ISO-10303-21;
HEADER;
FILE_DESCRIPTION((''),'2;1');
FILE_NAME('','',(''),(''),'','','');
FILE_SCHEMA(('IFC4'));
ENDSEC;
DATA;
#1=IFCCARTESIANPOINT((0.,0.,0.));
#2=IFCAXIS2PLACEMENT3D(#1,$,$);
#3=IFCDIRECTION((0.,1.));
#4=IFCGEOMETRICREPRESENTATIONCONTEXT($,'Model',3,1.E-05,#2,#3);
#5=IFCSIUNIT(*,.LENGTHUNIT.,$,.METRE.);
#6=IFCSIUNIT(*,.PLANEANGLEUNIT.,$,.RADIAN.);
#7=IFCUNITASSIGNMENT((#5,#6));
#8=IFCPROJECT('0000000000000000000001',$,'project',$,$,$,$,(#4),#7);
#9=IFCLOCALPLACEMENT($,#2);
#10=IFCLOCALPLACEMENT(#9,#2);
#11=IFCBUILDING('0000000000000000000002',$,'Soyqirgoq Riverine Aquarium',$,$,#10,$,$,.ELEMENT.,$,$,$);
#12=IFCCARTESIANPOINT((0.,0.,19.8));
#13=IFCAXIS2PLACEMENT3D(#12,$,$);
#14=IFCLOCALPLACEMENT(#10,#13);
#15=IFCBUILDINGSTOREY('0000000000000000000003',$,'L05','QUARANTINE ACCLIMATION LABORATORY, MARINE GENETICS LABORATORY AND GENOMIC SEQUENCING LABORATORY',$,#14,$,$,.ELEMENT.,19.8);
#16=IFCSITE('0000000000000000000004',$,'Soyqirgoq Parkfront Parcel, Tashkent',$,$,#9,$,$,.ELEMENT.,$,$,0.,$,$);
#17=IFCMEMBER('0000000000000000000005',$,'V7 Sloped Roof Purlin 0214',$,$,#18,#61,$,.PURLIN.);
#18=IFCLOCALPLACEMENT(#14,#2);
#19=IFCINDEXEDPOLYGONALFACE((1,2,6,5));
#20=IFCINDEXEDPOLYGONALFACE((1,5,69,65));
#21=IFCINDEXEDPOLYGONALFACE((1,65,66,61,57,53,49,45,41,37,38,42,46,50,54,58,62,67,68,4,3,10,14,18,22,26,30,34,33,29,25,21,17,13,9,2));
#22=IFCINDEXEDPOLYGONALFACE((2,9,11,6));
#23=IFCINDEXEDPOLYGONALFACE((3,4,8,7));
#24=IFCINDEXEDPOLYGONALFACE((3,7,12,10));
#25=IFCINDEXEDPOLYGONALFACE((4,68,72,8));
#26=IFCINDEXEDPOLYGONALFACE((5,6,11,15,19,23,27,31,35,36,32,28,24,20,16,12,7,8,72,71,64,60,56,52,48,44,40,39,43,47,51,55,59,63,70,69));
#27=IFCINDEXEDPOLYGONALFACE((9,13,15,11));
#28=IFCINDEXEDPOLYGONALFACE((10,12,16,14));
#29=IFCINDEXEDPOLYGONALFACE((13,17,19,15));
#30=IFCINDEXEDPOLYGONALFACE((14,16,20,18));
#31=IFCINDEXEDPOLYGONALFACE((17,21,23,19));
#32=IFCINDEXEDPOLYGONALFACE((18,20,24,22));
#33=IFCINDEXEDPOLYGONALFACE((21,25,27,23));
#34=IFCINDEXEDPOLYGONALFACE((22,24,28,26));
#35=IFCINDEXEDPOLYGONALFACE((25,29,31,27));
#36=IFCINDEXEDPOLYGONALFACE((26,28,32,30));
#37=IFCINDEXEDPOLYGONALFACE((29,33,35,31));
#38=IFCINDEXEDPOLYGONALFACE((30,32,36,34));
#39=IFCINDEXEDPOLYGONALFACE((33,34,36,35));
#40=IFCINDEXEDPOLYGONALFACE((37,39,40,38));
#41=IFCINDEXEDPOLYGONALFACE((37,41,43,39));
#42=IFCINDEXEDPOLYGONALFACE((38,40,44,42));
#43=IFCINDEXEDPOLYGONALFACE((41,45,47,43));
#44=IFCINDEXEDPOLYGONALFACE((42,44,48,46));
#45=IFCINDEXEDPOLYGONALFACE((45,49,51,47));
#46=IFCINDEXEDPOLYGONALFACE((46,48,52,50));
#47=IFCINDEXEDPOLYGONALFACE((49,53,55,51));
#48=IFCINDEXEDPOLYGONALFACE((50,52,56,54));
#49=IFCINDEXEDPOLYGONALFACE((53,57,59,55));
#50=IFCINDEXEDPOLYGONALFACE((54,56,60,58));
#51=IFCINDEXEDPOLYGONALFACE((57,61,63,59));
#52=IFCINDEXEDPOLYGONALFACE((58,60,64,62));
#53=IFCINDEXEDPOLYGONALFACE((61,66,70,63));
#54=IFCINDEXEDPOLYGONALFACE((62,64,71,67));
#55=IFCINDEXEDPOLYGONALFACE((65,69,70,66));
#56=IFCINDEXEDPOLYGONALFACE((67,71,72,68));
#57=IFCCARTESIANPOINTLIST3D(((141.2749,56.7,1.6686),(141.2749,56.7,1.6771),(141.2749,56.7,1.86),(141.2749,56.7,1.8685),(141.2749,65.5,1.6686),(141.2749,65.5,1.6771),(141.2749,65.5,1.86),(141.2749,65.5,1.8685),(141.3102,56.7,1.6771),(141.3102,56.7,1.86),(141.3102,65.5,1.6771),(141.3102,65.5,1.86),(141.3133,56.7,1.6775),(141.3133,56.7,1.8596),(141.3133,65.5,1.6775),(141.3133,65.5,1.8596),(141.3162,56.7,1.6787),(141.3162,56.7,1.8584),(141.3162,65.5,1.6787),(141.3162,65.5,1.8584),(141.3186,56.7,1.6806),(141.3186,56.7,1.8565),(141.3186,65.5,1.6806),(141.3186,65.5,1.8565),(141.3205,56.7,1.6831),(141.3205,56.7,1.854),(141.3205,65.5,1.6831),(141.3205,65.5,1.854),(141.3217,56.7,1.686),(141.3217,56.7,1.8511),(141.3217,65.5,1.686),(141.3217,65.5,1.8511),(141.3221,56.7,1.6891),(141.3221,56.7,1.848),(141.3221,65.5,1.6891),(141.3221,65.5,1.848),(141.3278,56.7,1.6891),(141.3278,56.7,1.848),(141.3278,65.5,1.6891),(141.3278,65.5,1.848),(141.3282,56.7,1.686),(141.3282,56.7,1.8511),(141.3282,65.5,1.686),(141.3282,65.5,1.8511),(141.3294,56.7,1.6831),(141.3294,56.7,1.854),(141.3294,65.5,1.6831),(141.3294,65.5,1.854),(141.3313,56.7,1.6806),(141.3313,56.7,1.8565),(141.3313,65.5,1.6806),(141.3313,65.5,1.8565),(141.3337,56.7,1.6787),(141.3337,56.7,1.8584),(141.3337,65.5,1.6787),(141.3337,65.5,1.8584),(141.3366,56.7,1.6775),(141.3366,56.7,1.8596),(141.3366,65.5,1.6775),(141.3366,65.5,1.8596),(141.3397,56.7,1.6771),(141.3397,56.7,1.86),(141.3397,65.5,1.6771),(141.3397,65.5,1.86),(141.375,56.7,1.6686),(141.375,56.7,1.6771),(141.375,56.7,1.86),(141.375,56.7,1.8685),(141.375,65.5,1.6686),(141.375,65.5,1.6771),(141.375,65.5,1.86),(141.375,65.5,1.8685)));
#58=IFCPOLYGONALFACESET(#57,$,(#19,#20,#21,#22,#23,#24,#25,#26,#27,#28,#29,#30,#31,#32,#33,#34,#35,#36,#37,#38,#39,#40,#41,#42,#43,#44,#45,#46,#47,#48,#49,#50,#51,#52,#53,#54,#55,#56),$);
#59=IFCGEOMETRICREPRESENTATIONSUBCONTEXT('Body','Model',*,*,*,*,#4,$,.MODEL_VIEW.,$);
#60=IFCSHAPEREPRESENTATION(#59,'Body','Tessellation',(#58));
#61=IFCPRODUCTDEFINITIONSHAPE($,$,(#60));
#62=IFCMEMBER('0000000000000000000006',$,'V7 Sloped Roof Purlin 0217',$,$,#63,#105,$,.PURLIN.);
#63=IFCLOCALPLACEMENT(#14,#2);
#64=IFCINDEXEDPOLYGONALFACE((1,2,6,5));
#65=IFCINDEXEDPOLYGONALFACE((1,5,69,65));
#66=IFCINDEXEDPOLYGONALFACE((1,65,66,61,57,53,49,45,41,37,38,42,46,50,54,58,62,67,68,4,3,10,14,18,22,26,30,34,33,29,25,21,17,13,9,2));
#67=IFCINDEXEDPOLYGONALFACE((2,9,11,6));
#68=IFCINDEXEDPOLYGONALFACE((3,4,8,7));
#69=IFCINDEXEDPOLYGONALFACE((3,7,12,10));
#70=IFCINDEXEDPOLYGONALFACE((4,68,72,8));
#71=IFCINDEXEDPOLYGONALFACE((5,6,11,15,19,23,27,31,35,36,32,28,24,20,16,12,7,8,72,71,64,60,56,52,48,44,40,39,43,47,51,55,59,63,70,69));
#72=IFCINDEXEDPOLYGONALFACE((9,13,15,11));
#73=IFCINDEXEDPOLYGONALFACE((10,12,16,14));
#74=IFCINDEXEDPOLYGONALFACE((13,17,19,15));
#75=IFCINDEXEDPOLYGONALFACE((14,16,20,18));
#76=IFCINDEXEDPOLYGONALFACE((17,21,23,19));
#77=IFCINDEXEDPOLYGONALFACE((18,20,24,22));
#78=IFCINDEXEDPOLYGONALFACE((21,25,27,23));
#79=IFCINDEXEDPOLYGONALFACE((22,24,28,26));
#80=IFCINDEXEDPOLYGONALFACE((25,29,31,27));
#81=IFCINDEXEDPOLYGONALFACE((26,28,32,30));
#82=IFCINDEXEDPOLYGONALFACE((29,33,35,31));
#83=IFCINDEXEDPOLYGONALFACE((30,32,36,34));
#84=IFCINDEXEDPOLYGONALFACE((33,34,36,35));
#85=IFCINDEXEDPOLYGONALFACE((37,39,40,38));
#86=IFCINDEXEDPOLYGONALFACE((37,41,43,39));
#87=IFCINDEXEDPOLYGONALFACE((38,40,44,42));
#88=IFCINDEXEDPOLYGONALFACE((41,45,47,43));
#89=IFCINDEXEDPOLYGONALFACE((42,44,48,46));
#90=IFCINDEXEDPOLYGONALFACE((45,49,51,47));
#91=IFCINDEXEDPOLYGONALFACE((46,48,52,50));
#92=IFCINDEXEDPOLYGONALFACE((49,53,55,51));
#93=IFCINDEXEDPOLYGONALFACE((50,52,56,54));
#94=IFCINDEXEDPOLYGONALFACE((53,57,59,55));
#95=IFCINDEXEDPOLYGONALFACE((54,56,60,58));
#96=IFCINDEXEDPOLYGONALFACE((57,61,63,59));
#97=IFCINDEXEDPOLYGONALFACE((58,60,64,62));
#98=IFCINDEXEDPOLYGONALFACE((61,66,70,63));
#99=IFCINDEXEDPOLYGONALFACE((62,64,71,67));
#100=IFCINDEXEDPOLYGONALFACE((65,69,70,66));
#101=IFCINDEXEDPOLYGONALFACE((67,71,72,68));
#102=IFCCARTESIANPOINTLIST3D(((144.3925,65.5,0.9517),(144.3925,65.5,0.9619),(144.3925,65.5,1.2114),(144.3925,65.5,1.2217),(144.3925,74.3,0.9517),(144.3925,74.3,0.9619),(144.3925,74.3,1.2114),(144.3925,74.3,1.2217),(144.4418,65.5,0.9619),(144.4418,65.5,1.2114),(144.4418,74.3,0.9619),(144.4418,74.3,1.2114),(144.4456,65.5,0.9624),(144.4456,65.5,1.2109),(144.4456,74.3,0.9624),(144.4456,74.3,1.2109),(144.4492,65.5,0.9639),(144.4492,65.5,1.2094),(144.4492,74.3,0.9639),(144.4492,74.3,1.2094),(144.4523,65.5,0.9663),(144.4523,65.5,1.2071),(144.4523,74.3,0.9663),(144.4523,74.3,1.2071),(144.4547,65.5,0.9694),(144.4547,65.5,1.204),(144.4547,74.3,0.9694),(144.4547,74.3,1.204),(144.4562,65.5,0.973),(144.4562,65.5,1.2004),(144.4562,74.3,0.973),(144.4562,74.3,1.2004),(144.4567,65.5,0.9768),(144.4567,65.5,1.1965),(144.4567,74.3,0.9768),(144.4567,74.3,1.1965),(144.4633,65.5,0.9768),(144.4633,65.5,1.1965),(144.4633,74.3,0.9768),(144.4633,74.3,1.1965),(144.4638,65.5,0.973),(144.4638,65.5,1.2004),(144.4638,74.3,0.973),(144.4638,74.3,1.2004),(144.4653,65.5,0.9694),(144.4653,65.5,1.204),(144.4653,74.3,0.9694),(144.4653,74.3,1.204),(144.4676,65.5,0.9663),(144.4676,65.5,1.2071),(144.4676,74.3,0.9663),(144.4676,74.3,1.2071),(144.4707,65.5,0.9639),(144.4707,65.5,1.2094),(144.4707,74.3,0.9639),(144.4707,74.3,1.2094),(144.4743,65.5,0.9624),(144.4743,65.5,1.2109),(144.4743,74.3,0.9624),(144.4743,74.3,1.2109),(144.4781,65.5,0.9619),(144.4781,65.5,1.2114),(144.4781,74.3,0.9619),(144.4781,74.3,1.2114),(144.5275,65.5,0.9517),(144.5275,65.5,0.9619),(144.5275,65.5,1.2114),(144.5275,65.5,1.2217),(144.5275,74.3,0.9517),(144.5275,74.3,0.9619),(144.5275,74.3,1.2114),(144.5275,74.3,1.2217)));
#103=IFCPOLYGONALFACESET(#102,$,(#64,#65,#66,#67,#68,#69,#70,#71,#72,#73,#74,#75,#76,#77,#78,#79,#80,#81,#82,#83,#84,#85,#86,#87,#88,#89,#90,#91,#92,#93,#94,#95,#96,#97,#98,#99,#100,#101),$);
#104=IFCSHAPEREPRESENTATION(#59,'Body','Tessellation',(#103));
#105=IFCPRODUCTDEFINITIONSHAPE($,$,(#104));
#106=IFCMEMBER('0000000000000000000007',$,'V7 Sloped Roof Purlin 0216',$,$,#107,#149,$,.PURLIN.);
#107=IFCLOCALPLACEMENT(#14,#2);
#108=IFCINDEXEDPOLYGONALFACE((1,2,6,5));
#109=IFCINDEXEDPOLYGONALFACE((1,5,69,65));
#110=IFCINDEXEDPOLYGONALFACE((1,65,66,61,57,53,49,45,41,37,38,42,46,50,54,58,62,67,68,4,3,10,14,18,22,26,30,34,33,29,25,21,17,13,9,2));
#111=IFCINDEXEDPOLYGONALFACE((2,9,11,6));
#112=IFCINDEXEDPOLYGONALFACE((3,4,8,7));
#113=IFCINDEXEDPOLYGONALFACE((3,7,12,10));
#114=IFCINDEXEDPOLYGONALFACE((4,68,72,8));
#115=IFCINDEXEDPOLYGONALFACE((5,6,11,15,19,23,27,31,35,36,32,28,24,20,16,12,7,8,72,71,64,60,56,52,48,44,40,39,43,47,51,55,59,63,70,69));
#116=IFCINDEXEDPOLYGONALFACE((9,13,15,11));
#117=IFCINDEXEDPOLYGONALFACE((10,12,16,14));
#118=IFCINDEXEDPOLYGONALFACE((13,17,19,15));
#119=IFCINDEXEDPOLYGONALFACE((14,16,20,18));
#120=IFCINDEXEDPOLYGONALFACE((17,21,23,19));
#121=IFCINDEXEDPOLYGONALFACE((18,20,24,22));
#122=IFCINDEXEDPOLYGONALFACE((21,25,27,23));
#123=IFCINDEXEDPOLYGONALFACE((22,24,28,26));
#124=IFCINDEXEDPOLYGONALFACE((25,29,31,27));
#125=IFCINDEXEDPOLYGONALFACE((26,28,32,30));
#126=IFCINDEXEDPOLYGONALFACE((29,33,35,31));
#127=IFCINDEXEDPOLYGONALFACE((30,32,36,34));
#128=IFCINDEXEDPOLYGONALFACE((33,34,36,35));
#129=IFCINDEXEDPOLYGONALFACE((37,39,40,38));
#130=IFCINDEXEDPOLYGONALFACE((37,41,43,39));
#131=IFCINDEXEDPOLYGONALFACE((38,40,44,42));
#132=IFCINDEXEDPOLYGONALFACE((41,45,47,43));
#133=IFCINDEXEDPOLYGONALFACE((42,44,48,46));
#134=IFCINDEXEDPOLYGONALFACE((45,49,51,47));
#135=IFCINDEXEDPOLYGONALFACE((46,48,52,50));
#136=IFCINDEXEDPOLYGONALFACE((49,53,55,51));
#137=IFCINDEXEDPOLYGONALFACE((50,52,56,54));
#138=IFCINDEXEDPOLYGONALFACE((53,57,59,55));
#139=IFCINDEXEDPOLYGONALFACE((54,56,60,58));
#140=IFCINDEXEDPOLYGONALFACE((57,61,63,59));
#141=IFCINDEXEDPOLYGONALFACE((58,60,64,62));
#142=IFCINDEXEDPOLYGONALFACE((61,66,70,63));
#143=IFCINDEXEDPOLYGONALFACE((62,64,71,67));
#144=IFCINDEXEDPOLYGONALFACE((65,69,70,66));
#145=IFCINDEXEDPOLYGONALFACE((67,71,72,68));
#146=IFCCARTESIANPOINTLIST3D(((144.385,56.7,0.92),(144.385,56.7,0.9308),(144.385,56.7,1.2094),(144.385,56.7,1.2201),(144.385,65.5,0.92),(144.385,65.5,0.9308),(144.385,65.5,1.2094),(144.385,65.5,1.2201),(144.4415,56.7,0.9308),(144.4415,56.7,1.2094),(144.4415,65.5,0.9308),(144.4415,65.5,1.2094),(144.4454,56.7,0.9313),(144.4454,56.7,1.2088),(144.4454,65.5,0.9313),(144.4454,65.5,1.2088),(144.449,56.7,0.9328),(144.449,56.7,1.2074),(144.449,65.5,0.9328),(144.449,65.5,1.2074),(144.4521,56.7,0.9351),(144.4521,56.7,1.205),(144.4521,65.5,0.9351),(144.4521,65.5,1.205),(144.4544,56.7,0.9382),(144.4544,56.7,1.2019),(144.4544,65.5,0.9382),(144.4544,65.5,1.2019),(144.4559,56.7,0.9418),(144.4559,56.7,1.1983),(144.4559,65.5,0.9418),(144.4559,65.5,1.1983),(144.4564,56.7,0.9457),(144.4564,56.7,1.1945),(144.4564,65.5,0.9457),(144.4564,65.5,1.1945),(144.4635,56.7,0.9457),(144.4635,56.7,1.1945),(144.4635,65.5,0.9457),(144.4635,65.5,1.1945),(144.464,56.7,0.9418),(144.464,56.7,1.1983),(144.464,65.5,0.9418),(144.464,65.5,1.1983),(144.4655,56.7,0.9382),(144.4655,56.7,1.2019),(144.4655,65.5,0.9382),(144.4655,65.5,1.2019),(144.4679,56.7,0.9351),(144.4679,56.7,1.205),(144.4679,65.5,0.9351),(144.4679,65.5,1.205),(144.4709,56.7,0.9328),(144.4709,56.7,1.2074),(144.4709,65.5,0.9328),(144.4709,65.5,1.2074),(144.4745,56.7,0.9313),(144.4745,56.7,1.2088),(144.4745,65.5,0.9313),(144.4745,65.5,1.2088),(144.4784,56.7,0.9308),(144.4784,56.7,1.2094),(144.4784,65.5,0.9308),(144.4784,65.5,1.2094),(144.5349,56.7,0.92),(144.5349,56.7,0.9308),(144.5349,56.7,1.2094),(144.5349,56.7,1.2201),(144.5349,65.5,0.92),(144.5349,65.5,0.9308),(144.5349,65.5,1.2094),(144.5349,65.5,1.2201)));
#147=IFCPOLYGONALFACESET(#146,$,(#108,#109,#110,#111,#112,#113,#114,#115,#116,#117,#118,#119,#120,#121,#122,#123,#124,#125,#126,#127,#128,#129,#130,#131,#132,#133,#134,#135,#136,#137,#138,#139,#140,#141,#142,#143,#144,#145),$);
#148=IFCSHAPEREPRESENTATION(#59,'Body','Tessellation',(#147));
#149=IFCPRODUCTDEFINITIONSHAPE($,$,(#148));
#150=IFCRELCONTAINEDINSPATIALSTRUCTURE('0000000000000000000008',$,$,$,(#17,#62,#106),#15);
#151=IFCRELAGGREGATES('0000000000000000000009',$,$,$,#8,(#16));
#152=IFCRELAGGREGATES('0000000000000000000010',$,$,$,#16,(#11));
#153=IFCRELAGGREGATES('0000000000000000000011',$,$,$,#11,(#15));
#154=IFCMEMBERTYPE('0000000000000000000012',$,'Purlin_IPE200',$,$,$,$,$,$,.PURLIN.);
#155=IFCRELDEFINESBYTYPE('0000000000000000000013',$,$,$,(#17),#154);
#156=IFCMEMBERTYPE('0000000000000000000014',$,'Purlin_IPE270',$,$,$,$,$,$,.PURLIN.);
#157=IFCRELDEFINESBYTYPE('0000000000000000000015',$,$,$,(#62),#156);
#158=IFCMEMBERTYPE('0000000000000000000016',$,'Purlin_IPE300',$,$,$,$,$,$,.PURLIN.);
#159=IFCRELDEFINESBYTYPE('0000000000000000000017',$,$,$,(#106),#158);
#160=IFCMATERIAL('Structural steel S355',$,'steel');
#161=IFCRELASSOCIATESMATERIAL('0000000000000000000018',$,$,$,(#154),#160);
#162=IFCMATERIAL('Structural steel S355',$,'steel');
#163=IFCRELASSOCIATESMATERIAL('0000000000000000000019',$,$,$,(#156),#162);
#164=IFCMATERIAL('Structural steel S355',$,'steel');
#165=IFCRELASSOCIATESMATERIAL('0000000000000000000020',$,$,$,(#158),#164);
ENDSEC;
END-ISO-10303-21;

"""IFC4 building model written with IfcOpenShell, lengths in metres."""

from ifc_helpers import new_model, si_unit, direction, frame, origin, origin_2d, place, context, subcontext, project, spatial, i_section, extrude, material, material_profile, profile_set, type_object, element, save


model = new_model("IFC4")

# Units and contexts
model_context = context("Model", 3, precision=1e-05, world=origin(), true_north=direction((0.0, 1.0)))
body_context = subcontext(model_context, "Body", "Model", "MODEL_VIEW")
ifc_project = project(units=[si_unit("LENGTHUNIT", "METRE"), si_unit("PLANEANGLEUNIT", "RADIAN")], contexts=[model_context])

# Site, building, storey
site_placement = place(None, origin())
site = spatial("IfcSite", under=ifc_project, at=site_placement, Name="Soyqirgoq Parkfront Parcel, Tashkent", CompositionType="ELEMENT", RefElevation=0.0)
building_placement = place(site_placement, origin())
building = spatial("IfcBuilding", under=site, at=building_placement, Name="Soyqirgoq Riverine Aquarium", CompositionType="ELEMENT")
storey_placement = place(building_placement, frame((0.0, 0.0, 19.8)))
storey = spatial("IfcBuildingStorey", under=building, at=storey_placement, Name="L05", Description="QUARANTINE ACCLIMATION LABORATORY, MARINE GENETICS LABORATORY AND GENOMIC SEQUENCING LABORATORY", CompositionType="ELEMENT", Elevation=19.8)

# Members
ifc_material_1 = material(Name="Structural steel S355", Category="steel")
ifc_material_profile_1 = material_profile(ifc_material_1, i_section(OverallWidth=0.1001, OverallDepth=0.2, WebThickness=0.0056, FlangeThickness=0.0085, FilletRadius=0.012, at=origin_2d()), Name="IPE 200")
ifc_profile_set_1 = profile_set([ifc_material_profile_1], Name="Structural steel S355")
member_type_1 = type_object("IfcMemberType", Name="Purlin_IPE200", PredefinedType="PURLIN", material=ifc_profile_set_1)
member_1_placement = place(storey_placement, frame((141.325, 56.7, 1.7686), z_axis=(0.0, 1.0, 0.0), x_axis=(-1.0, 0.0, 0.0)))
element("IfcMember", 1, at=member_1_placement, inside=storey, type_object=member_type_1, Name="V7 Sloped Roof Purlin 0214", PredefinedType="PURLIN", context=body_context, shape_type="SweptSolid", body=[
    extrude(i_section(OverallWidth=0.1001, OverallDepth=0.2, WebThickness=0.0056, FlangeThickness=0.0085, FilletRadius=0.012, at=origin_2d()), origin(), (0.0, 0.0, 1.0), 8.8),
])
ifc_material_2 = material(Name="Structural steel S355", Category="steel")
ifc_material_profile_2 = material_profile(ifc_material_2, i_section(OverallWidth=0.135, OverallDepth=0.27, WebThickness=0.0066, FlangeThickness=0.0103, FilletRadius=0.0149, at=origin_2d()), Name="IPE 270")
ifc_profile_set_2 = profile_set([ifc_material_profile_2], Name="Structural steel S355")
member_type_2 = type_object("IfcMemberType", Name="Purlin_IPE270", PredefinedType="PURLIN", material=ifc_profile_set_2)
member_2_placement = place(storey_placement, frame((144.46, 65.5, 1.0867), z_axis=(0.0, 1.0, 0.0), x_axis=(-1.0, 0.0, 0.0)))
element("IfcMember", 2, at=member_2_placement, inside=storey, type_object=member_type_2, Name="V7 Sloped Roof Purlin 0217", PredefinedType="PURLIN", context=body_context, shape_type="SweptSolid", body=[
    extrude(i_section(OverallWidth=0.135, OverallDepth=0.27, WebThickness=0.0066, FlangeThickness=0.0103, FilletRadius=0.0149, at=origin_2d()), origin(), (0.0, 0.0, 1.0), 8.8),
])
ifc_material_3 = material(Name="Structural steel S355", Category="steel")
ifc_material_profile_3 = material_profile(ifc_material_3, i_section(OverallWidth=0.1499, OverallDepth=0.3, WebThickness=0.0071, FlangeThickness=0.0107, FilletRadius=0.0149, at=origin_2d()), Name="IPE 300")
ifc_profile_set_3 = profile_set([ifc_material_profile_3], Name="Structural steel S355")
member_type_3 = type_object("IfcMemberType", Name="Purlin_IPE300", PredefinedType="PURLIN", material=ifc_profile_set_3)
member_3_placement = place(storey_placement, frame((144.46, 56.7, 1.0701), z_axis=(0.0, 1.0, 0.0), x_axis=(-1.0, 0.0, 0.0)))
element("IfcMember", 3, at=member_3_placement, inside=storey, type_object=member_type_3, Name="V7 Sloped Roof Purlin 0216", PredefinedType="PURLIN", context=body_context, shape_type="SweptSolid", body=[
    extrude(i_section(OverallWidth=0.1499, OverallDepth=0.3, WebThickness=0.0071, FlangeThickness=0.0107, FilletRadius=0.0149, at=origin_2d()), origin(), (0.0, 0.0, 1.0), 8.8),
])

save(model, "model.ifc")
